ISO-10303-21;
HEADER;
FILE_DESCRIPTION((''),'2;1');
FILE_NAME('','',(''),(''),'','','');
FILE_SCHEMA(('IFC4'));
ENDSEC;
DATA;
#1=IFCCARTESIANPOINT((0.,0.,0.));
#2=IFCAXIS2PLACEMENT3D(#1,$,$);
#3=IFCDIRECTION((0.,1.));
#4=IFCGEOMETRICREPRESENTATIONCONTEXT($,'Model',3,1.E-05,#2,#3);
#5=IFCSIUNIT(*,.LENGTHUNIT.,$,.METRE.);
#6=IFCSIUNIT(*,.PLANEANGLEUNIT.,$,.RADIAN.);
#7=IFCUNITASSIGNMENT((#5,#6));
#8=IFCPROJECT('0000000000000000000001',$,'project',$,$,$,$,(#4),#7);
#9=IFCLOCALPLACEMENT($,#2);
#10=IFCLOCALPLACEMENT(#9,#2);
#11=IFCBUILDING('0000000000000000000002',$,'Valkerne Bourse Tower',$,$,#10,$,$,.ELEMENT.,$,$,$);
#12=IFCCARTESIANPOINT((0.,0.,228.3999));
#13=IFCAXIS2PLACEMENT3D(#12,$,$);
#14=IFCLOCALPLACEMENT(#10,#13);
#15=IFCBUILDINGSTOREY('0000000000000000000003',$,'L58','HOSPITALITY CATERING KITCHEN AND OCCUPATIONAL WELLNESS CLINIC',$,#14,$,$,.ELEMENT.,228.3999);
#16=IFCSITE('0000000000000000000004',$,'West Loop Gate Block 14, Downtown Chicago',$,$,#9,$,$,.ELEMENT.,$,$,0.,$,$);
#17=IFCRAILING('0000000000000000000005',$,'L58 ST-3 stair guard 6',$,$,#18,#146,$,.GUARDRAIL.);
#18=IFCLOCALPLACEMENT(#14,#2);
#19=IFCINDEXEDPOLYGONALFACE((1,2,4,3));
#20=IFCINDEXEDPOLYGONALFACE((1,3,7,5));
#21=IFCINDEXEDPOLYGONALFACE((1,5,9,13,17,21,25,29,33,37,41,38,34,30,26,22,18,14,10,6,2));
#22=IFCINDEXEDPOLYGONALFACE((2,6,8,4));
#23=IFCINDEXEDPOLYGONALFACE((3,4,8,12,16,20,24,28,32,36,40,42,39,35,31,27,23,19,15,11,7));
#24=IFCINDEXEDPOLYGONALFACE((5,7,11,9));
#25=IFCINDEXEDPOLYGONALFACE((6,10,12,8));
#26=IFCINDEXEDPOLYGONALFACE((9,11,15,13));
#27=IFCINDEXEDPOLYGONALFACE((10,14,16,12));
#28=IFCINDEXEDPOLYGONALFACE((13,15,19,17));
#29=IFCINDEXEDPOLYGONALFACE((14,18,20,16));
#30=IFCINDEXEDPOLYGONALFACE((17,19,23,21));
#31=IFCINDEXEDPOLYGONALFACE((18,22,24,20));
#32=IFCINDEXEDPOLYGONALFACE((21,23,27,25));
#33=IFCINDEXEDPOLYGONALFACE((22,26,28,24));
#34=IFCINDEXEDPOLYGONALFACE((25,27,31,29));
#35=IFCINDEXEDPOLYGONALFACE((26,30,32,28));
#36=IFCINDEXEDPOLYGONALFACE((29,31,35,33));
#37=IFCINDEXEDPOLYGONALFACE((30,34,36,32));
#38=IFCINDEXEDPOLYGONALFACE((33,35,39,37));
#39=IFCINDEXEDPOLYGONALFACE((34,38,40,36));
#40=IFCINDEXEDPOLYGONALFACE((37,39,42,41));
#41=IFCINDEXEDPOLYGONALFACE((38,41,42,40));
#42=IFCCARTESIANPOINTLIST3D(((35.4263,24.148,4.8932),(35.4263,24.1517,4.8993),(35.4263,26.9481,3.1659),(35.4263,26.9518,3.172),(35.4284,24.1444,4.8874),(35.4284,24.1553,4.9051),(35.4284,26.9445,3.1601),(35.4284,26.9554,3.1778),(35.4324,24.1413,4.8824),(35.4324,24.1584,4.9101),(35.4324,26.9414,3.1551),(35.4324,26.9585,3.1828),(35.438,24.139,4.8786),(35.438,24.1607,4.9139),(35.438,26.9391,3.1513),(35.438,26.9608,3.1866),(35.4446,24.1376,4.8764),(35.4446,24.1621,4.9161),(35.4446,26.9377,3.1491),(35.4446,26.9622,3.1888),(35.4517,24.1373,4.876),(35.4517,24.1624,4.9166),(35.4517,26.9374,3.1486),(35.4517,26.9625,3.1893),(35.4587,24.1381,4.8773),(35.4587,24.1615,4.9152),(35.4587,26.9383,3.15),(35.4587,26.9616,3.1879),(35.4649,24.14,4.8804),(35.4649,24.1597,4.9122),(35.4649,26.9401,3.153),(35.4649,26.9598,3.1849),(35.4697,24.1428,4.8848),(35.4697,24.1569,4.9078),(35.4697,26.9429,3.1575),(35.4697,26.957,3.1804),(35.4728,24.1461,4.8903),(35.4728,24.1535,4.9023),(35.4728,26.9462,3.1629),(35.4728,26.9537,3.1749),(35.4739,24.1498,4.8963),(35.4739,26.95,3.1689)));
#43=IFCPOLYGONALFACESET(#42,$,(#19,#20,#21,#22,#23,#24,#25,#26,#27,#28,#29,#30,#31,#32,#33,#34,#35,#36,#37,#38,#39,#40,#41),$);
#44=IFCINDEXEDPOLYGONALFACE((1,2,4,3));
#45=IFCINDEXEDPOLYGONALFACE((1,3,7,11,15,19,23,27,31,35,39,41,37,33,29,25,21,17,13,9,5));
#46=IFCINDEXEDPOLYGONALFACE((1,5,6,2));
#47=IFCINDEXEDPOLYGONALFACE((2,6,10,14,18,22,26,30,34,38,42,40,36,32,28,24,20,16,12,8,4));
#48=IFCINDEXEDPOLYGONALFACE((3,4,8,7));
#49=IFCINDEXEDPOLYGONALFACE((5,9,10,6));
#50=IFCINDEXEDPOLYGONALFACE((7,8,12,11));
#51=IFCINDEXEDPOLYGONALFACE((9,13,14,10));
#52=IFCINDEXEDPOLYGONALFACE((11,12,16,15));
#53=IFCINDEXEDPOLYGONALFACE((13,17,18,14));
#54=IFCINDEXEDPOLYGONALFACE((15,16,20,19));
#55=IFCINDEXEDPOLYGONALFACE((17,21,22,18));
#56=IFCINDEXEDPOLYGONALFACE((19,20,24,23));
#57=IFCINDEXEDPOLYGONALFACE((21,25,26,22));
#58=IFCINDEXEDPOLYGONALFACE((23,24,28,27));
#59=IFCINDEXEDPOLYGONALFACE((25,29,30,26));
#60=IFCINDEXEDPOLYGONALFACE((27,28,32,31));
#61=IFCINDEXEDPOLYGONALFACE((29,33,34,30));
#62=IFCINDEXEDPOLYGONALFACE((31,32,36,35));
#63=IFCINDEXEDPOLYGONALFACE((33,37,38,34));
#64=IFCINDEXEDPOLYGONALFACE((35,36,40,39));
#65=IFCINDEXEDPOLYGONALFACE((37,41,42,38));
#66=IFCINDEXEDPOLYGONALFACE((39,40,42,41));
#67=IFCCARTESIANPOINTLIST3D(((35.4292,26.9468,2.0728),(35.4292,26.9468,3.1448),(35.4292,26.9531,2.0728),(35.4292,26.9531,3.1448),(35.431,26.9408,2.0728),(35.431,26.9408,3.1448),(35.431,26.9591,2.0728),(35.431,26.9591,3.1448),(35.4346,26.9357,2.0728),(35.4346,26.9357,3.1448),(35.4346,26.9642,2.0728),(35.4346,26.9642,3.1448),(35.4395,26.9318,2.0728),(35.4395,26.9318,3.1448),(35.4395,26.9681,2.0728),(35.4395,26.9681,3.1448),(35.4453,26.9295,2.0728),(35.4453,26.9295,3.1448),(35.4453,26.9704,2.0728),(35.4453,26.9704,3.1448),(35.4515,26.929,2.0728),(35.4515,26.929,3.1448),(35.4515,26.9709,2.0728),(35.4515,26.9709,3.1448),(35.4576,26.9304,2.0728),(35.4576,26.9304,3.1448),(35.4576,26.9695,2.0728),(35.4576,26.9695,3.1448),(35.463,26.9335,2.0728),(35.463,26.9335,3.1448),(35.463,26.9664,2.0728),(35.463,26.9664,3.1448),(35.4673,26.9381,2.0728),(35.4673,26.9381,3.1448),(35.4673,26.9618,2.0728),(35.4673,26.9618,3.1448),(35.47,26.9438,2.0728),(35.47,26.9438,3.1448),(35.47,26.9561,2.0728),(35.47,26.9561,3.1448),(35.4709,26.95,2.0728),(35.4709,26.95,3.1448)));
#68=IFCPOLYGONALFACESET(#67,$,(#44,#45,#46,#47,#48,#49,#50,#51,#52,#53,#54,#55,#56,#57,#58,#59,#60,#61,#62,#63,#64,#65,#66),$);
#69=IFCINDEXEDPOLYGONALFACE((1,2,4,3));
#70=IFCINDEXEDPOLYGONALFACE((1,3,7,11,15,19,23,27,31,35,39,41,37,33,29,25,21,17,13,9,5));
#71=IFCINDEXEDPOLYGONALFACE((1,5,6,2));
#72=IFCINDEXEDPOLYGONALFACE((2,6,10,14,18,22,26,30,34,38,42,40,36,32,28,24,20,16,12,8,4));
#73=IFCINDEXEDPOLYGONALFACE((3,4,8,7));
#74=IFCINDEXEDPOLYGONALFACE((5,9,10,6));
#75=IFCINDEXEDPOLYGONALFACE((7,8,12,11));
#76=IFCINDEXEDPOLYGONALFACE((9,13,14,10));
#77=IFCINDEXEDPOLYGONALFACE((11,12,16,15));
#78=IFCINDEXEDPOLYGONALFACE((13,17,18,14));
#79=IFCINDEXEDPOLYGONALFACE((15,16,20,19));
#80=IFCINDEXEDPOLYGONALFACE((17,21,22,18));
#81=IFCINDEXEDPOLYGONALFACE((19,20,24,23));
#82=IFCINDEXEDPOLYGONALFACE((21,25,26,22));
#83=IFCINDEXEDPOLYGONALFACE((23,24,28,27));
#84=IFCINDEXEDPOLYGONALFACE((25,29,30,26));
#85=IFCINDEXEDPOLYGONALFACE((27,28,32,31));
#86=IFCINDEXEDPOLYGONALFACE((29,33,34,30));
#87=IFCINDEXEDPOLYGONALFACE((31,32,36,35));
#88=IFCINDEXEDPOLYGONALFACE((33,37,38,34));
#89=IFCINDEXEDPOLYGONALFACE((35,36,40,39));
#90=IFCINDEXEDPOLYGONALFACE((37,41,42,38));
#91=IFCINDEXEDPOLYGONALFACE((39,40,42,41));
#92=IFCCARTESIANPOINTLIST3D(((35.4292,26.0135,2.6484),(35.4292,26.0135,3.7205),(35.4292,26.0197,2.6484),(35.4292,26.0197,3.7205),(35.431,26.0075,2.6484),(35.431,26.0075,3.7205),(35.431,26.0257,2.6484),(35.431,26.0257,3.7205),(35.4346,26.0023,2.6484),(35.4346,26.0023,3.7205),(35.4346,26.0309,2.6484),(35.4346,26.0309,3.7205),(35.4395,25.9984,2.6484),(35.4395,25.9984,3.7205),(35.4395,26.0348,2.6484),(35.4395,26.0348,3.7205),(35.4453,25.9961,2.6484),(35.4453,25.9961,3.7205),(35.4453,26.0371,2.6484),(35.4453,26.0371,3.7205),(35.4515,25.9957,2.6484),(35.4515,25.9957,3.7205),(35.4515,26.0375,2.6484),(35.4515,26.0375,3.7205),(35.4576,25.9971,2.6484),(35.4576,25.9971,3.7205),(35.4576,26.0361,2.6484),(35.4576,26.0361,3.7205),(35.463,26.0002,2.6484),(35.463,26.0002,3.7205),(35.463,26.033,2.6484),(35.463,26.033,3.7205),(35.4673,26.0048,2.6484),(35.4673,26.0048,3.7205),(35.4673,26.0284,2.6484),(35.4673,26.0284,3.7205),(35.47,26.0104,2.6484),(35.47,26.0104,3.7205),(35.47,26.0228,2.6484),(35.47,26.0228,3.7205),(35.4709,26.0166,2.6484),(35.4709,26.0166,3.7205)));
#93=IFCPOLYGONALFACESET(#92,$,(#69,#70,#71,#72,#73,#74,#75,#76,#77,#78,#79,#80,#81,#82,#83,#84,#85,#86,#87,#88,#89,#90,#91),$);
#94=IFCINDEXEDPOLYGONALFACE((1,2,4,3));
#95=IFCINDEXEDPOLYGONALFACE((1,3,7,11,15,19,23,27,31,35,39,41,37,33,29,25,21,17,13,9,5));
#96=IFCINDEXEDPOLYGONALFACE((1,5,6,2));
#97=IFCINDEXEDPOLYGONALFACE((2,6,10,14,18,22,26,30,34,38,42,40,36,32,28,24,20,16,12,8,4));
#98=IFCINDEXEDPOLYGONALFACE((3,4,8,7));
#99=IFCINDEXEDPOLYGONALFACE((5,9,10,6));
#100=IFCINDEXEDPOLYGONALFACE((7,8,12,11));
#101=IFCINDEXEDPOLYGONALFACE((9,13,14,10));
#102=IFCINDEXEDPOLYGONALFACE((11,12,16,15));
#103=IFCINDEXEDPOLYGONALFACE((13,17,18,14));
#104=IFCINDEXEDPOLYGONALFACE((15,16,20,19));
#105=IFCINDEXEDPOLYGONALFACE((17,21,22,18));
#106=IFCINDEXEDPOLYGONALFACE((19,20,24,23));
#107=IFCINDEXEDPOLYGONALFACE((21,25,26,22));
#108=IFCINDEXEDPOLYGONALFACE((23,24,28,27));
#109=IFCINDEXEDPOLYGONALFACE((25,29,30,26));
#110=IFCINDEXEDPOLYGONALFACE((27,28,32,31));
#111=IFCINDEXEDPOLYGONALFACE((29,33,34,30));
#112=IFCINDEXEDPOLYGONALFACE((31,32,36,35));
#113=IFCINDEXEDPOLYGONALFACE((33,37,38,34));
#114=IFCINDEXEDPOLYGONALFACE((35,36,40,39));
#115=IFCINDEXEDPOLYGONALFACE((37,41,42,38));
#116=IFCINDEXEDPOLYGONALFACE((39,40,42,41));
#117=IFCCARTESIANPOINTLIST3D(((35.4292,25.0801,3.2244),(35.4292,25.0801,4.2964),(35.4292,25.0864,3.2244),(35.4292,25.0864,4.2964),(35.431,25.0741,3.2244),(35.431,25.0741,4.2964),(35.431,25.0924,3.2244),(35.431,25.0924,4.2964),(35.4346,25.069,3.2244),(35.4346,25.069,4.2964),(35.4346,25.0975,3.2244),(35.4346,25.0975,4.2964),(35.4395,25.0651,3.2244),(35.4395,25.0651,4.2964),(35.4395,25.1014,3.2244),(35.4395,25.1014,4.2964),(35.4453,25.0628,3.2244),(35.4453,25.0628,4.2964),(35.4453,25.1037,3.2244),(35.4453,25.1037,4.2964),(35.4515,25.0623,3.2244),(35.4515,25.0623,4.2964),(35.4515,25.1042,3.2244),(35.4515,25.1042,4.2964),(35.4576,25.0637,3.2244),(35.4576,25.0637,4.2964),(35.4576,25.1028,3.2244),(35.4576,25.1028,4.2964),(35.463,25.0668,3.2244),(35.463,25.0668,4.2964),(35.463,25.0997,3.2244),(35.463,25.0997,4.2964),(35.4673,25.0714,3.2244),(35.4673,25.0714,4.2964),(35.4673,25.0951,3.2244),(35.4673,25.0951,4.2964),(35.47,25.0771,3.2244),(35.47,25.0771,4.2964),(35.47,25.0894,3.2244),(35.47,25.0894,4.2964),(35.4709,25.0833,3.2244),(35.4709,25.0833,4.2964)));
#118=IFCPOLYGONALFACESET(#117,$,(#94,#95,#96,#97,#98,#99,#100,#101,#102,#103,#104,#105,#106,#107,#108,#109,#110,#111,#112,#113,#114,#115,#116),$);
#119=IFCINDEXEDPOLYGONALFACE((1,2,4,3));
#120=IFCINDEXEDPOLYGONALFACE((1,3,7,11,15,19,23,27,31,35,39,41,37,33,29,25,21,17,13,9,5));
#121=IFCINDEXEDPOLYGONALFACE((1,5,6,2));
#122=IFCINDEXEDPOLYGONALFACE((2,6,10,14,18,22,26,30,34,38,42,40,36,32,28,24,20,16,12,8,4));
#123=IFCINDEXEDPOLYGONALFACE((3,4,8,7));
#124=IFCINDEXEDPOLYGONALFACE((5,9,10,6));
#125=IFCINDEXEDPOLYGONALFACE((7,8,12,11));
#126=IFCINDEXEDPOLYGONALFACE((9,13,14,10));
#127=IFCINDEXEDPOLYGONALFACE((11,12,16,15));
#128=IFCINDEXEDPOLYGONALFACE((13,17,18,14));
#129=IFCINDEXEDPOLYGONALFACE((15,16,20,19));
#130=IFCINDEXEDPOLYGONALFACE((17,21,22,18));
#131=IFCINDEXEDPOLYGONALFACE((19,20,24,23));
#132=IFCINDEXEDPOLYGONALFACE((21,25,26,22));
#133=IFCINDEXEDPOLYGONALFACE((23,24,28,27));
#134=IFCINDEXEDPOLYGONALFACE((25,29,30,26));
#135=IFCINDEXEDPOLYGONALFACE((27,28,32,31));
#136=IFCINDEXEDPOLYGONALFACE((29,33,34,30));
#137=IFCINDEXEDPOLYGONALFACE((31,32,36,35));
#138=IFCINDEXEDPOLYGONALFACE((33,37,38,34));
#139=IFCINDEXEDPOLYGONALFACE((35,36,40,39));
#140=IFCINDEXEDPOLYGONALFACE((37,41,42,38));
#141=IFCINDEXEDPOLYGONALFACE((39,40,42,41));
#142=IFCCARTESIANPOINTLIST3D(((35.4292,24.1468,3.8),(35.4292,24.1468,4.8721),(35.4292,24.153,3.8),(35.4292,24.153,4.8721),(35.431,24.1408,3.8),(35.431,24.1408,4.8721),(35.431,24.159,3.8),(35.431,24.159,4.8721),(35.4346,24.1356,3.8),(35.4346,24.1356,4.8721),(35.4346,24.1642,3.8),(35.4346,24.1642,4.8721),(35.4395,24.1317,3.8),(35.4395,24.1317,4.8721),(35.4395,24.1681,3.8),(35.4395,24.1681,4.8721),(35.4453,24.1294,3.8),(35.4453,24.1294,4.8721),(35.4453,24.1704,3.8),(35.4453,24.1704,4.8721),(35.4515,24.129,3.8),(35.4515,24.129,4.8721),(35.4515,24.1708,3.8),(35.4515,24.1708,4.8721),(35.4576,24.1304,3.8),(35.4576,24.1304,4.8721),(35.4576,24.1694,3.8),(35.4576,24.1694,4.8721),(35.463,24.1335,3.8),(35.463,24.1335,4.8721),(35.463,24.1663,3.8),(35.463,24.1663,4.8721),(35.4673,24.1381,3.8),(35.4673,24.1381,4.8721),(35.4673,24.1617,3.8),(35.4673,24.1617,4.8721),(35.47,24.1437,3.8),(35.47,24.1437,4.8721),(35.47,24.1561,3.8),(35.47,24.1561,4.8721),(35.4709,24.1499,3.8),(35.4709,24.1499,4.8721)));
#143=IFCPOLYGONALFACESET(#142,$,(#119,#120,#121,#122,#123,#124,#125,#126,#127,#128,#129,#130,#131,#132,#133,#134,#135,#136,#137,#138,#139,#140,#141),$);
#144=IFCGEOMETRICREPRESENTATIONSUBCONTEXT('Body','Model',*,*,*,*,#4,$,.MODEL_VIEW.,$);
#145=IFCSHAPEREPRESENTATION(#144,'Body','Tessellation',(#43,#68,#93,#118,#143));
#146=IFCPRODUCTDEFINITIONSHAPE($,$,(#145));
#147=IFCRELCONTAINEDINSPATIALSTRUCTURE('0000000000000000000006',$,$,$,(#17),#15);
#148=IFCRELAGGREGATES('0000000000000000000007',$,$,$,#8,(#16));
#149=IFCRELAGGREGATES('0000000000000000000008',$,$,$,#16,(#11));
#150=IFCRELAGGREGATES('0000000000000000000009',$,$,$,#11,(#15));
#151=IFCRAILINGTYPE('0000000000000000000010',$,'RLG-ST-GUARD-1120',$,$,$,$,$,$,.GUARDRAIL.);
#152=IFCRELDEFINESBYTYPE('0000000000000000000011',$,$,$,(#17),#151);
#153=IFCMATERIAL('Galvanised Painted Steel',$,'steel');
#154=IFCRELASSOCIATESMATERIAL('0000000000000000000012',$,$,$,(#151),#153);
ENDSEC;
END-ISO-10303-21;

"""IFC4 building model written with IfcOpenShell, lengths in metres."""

from ifc_helpers import new_model, si_unit, direction, frame, origin, origin_2d, place, context, subcontext, project, spatial, circle, extrude, material, type_object, element, save


model = new_model("IFC4")

# Units and contexts
model_context = context("Model", 3, precision=1e-05, world=origin(), true_north=direction((0.0, 1.0)))
body_context = subcontext(model_context, "Body", "Model", "MODEL_VIEW")
ifc_project = project(units=[si_unit("LENGTHUNIT", "METRE"), si_unit("PLANEANGLEUNIT", "RADIAN")], contexts=[model_context])

# Site, building, storey
site_placement = place(None, origin())
site = spatial("IfcSite", under=ifc_project, at=site_placement, Name="West Loop Gate Block 14, Downtown Chicago", CompositionType="ELEMENT", RefElevation=0.0)
building_placement = place(site_placement, origin())
building = spatial("IfcBuilding", under=site, at=building_placement, Name="Valkerne Bourse Tower", CompositionType="ELEMENT")
storey_placement = place(building_placement, frame((0.0, 0.0, 228.3999)))
storey = spatial("IfcBuildingStorey", under=building, at=storey_placement, Name="L58", Description="HOSPITALITY CATERING KITCHEN AND OCCUPATIONAL WELLNESS CLINIC", CompositionType="ELEMENT", Elevation=228.3999)

# Railing
ifc_material_1 = material(Name="Galvanised Painted Steel", Category="steel")
railing_type_1 = type_object("IfcRailingType", Name="RLG-ST-GUARD-1120", PredefinedType="GUARDRAIL", material=ifc_material_1)
railing_1_placement = place(storey_placement, frame((35.45, 26.95, 2.0728)))
element("IfcRailing", 1, at=railing_1_placement, inside=storey, type_object=railing_type_1, Name="L58 ST-3 stair guard 6", PredefinedType="GUARDRAIL", context=body_context, shape_type="SweptSolid", body=[
    extrude(circle(Radius=0.0239, at=origin_2d()), frame((0.0, 0.0, 1.0962), z_axis=(0.0, -0.85109, 0.52502), x_axis=(1.0, 0.0, 0.0)), (0.0, 0.0, 1.0), 3.29),
    extrude(circle(Radius=0.021, at=origin_2d()), origin(), (0.0, 0.0, 1.0), 1.072),
    extrude(circle(Radius=0.021, at=origin_2d()), frame((0.0, -0.9333, 0.5757)), (0.0, 0.0, 1.0), 1.072),
    extrude(circle(Radius=0.021, at=origin_2d()), frame((0.0, -1.8667, 1.1516)), (0.0, 0.0, 1.0), 1.072),
    extrude(circle(Radius=0.021, at=origin_2d()), frame((0.0, -2.8, 1.7273)), (0.0, 0.0, 1.0), 1.072),
])

save(model, "model.ifc")
